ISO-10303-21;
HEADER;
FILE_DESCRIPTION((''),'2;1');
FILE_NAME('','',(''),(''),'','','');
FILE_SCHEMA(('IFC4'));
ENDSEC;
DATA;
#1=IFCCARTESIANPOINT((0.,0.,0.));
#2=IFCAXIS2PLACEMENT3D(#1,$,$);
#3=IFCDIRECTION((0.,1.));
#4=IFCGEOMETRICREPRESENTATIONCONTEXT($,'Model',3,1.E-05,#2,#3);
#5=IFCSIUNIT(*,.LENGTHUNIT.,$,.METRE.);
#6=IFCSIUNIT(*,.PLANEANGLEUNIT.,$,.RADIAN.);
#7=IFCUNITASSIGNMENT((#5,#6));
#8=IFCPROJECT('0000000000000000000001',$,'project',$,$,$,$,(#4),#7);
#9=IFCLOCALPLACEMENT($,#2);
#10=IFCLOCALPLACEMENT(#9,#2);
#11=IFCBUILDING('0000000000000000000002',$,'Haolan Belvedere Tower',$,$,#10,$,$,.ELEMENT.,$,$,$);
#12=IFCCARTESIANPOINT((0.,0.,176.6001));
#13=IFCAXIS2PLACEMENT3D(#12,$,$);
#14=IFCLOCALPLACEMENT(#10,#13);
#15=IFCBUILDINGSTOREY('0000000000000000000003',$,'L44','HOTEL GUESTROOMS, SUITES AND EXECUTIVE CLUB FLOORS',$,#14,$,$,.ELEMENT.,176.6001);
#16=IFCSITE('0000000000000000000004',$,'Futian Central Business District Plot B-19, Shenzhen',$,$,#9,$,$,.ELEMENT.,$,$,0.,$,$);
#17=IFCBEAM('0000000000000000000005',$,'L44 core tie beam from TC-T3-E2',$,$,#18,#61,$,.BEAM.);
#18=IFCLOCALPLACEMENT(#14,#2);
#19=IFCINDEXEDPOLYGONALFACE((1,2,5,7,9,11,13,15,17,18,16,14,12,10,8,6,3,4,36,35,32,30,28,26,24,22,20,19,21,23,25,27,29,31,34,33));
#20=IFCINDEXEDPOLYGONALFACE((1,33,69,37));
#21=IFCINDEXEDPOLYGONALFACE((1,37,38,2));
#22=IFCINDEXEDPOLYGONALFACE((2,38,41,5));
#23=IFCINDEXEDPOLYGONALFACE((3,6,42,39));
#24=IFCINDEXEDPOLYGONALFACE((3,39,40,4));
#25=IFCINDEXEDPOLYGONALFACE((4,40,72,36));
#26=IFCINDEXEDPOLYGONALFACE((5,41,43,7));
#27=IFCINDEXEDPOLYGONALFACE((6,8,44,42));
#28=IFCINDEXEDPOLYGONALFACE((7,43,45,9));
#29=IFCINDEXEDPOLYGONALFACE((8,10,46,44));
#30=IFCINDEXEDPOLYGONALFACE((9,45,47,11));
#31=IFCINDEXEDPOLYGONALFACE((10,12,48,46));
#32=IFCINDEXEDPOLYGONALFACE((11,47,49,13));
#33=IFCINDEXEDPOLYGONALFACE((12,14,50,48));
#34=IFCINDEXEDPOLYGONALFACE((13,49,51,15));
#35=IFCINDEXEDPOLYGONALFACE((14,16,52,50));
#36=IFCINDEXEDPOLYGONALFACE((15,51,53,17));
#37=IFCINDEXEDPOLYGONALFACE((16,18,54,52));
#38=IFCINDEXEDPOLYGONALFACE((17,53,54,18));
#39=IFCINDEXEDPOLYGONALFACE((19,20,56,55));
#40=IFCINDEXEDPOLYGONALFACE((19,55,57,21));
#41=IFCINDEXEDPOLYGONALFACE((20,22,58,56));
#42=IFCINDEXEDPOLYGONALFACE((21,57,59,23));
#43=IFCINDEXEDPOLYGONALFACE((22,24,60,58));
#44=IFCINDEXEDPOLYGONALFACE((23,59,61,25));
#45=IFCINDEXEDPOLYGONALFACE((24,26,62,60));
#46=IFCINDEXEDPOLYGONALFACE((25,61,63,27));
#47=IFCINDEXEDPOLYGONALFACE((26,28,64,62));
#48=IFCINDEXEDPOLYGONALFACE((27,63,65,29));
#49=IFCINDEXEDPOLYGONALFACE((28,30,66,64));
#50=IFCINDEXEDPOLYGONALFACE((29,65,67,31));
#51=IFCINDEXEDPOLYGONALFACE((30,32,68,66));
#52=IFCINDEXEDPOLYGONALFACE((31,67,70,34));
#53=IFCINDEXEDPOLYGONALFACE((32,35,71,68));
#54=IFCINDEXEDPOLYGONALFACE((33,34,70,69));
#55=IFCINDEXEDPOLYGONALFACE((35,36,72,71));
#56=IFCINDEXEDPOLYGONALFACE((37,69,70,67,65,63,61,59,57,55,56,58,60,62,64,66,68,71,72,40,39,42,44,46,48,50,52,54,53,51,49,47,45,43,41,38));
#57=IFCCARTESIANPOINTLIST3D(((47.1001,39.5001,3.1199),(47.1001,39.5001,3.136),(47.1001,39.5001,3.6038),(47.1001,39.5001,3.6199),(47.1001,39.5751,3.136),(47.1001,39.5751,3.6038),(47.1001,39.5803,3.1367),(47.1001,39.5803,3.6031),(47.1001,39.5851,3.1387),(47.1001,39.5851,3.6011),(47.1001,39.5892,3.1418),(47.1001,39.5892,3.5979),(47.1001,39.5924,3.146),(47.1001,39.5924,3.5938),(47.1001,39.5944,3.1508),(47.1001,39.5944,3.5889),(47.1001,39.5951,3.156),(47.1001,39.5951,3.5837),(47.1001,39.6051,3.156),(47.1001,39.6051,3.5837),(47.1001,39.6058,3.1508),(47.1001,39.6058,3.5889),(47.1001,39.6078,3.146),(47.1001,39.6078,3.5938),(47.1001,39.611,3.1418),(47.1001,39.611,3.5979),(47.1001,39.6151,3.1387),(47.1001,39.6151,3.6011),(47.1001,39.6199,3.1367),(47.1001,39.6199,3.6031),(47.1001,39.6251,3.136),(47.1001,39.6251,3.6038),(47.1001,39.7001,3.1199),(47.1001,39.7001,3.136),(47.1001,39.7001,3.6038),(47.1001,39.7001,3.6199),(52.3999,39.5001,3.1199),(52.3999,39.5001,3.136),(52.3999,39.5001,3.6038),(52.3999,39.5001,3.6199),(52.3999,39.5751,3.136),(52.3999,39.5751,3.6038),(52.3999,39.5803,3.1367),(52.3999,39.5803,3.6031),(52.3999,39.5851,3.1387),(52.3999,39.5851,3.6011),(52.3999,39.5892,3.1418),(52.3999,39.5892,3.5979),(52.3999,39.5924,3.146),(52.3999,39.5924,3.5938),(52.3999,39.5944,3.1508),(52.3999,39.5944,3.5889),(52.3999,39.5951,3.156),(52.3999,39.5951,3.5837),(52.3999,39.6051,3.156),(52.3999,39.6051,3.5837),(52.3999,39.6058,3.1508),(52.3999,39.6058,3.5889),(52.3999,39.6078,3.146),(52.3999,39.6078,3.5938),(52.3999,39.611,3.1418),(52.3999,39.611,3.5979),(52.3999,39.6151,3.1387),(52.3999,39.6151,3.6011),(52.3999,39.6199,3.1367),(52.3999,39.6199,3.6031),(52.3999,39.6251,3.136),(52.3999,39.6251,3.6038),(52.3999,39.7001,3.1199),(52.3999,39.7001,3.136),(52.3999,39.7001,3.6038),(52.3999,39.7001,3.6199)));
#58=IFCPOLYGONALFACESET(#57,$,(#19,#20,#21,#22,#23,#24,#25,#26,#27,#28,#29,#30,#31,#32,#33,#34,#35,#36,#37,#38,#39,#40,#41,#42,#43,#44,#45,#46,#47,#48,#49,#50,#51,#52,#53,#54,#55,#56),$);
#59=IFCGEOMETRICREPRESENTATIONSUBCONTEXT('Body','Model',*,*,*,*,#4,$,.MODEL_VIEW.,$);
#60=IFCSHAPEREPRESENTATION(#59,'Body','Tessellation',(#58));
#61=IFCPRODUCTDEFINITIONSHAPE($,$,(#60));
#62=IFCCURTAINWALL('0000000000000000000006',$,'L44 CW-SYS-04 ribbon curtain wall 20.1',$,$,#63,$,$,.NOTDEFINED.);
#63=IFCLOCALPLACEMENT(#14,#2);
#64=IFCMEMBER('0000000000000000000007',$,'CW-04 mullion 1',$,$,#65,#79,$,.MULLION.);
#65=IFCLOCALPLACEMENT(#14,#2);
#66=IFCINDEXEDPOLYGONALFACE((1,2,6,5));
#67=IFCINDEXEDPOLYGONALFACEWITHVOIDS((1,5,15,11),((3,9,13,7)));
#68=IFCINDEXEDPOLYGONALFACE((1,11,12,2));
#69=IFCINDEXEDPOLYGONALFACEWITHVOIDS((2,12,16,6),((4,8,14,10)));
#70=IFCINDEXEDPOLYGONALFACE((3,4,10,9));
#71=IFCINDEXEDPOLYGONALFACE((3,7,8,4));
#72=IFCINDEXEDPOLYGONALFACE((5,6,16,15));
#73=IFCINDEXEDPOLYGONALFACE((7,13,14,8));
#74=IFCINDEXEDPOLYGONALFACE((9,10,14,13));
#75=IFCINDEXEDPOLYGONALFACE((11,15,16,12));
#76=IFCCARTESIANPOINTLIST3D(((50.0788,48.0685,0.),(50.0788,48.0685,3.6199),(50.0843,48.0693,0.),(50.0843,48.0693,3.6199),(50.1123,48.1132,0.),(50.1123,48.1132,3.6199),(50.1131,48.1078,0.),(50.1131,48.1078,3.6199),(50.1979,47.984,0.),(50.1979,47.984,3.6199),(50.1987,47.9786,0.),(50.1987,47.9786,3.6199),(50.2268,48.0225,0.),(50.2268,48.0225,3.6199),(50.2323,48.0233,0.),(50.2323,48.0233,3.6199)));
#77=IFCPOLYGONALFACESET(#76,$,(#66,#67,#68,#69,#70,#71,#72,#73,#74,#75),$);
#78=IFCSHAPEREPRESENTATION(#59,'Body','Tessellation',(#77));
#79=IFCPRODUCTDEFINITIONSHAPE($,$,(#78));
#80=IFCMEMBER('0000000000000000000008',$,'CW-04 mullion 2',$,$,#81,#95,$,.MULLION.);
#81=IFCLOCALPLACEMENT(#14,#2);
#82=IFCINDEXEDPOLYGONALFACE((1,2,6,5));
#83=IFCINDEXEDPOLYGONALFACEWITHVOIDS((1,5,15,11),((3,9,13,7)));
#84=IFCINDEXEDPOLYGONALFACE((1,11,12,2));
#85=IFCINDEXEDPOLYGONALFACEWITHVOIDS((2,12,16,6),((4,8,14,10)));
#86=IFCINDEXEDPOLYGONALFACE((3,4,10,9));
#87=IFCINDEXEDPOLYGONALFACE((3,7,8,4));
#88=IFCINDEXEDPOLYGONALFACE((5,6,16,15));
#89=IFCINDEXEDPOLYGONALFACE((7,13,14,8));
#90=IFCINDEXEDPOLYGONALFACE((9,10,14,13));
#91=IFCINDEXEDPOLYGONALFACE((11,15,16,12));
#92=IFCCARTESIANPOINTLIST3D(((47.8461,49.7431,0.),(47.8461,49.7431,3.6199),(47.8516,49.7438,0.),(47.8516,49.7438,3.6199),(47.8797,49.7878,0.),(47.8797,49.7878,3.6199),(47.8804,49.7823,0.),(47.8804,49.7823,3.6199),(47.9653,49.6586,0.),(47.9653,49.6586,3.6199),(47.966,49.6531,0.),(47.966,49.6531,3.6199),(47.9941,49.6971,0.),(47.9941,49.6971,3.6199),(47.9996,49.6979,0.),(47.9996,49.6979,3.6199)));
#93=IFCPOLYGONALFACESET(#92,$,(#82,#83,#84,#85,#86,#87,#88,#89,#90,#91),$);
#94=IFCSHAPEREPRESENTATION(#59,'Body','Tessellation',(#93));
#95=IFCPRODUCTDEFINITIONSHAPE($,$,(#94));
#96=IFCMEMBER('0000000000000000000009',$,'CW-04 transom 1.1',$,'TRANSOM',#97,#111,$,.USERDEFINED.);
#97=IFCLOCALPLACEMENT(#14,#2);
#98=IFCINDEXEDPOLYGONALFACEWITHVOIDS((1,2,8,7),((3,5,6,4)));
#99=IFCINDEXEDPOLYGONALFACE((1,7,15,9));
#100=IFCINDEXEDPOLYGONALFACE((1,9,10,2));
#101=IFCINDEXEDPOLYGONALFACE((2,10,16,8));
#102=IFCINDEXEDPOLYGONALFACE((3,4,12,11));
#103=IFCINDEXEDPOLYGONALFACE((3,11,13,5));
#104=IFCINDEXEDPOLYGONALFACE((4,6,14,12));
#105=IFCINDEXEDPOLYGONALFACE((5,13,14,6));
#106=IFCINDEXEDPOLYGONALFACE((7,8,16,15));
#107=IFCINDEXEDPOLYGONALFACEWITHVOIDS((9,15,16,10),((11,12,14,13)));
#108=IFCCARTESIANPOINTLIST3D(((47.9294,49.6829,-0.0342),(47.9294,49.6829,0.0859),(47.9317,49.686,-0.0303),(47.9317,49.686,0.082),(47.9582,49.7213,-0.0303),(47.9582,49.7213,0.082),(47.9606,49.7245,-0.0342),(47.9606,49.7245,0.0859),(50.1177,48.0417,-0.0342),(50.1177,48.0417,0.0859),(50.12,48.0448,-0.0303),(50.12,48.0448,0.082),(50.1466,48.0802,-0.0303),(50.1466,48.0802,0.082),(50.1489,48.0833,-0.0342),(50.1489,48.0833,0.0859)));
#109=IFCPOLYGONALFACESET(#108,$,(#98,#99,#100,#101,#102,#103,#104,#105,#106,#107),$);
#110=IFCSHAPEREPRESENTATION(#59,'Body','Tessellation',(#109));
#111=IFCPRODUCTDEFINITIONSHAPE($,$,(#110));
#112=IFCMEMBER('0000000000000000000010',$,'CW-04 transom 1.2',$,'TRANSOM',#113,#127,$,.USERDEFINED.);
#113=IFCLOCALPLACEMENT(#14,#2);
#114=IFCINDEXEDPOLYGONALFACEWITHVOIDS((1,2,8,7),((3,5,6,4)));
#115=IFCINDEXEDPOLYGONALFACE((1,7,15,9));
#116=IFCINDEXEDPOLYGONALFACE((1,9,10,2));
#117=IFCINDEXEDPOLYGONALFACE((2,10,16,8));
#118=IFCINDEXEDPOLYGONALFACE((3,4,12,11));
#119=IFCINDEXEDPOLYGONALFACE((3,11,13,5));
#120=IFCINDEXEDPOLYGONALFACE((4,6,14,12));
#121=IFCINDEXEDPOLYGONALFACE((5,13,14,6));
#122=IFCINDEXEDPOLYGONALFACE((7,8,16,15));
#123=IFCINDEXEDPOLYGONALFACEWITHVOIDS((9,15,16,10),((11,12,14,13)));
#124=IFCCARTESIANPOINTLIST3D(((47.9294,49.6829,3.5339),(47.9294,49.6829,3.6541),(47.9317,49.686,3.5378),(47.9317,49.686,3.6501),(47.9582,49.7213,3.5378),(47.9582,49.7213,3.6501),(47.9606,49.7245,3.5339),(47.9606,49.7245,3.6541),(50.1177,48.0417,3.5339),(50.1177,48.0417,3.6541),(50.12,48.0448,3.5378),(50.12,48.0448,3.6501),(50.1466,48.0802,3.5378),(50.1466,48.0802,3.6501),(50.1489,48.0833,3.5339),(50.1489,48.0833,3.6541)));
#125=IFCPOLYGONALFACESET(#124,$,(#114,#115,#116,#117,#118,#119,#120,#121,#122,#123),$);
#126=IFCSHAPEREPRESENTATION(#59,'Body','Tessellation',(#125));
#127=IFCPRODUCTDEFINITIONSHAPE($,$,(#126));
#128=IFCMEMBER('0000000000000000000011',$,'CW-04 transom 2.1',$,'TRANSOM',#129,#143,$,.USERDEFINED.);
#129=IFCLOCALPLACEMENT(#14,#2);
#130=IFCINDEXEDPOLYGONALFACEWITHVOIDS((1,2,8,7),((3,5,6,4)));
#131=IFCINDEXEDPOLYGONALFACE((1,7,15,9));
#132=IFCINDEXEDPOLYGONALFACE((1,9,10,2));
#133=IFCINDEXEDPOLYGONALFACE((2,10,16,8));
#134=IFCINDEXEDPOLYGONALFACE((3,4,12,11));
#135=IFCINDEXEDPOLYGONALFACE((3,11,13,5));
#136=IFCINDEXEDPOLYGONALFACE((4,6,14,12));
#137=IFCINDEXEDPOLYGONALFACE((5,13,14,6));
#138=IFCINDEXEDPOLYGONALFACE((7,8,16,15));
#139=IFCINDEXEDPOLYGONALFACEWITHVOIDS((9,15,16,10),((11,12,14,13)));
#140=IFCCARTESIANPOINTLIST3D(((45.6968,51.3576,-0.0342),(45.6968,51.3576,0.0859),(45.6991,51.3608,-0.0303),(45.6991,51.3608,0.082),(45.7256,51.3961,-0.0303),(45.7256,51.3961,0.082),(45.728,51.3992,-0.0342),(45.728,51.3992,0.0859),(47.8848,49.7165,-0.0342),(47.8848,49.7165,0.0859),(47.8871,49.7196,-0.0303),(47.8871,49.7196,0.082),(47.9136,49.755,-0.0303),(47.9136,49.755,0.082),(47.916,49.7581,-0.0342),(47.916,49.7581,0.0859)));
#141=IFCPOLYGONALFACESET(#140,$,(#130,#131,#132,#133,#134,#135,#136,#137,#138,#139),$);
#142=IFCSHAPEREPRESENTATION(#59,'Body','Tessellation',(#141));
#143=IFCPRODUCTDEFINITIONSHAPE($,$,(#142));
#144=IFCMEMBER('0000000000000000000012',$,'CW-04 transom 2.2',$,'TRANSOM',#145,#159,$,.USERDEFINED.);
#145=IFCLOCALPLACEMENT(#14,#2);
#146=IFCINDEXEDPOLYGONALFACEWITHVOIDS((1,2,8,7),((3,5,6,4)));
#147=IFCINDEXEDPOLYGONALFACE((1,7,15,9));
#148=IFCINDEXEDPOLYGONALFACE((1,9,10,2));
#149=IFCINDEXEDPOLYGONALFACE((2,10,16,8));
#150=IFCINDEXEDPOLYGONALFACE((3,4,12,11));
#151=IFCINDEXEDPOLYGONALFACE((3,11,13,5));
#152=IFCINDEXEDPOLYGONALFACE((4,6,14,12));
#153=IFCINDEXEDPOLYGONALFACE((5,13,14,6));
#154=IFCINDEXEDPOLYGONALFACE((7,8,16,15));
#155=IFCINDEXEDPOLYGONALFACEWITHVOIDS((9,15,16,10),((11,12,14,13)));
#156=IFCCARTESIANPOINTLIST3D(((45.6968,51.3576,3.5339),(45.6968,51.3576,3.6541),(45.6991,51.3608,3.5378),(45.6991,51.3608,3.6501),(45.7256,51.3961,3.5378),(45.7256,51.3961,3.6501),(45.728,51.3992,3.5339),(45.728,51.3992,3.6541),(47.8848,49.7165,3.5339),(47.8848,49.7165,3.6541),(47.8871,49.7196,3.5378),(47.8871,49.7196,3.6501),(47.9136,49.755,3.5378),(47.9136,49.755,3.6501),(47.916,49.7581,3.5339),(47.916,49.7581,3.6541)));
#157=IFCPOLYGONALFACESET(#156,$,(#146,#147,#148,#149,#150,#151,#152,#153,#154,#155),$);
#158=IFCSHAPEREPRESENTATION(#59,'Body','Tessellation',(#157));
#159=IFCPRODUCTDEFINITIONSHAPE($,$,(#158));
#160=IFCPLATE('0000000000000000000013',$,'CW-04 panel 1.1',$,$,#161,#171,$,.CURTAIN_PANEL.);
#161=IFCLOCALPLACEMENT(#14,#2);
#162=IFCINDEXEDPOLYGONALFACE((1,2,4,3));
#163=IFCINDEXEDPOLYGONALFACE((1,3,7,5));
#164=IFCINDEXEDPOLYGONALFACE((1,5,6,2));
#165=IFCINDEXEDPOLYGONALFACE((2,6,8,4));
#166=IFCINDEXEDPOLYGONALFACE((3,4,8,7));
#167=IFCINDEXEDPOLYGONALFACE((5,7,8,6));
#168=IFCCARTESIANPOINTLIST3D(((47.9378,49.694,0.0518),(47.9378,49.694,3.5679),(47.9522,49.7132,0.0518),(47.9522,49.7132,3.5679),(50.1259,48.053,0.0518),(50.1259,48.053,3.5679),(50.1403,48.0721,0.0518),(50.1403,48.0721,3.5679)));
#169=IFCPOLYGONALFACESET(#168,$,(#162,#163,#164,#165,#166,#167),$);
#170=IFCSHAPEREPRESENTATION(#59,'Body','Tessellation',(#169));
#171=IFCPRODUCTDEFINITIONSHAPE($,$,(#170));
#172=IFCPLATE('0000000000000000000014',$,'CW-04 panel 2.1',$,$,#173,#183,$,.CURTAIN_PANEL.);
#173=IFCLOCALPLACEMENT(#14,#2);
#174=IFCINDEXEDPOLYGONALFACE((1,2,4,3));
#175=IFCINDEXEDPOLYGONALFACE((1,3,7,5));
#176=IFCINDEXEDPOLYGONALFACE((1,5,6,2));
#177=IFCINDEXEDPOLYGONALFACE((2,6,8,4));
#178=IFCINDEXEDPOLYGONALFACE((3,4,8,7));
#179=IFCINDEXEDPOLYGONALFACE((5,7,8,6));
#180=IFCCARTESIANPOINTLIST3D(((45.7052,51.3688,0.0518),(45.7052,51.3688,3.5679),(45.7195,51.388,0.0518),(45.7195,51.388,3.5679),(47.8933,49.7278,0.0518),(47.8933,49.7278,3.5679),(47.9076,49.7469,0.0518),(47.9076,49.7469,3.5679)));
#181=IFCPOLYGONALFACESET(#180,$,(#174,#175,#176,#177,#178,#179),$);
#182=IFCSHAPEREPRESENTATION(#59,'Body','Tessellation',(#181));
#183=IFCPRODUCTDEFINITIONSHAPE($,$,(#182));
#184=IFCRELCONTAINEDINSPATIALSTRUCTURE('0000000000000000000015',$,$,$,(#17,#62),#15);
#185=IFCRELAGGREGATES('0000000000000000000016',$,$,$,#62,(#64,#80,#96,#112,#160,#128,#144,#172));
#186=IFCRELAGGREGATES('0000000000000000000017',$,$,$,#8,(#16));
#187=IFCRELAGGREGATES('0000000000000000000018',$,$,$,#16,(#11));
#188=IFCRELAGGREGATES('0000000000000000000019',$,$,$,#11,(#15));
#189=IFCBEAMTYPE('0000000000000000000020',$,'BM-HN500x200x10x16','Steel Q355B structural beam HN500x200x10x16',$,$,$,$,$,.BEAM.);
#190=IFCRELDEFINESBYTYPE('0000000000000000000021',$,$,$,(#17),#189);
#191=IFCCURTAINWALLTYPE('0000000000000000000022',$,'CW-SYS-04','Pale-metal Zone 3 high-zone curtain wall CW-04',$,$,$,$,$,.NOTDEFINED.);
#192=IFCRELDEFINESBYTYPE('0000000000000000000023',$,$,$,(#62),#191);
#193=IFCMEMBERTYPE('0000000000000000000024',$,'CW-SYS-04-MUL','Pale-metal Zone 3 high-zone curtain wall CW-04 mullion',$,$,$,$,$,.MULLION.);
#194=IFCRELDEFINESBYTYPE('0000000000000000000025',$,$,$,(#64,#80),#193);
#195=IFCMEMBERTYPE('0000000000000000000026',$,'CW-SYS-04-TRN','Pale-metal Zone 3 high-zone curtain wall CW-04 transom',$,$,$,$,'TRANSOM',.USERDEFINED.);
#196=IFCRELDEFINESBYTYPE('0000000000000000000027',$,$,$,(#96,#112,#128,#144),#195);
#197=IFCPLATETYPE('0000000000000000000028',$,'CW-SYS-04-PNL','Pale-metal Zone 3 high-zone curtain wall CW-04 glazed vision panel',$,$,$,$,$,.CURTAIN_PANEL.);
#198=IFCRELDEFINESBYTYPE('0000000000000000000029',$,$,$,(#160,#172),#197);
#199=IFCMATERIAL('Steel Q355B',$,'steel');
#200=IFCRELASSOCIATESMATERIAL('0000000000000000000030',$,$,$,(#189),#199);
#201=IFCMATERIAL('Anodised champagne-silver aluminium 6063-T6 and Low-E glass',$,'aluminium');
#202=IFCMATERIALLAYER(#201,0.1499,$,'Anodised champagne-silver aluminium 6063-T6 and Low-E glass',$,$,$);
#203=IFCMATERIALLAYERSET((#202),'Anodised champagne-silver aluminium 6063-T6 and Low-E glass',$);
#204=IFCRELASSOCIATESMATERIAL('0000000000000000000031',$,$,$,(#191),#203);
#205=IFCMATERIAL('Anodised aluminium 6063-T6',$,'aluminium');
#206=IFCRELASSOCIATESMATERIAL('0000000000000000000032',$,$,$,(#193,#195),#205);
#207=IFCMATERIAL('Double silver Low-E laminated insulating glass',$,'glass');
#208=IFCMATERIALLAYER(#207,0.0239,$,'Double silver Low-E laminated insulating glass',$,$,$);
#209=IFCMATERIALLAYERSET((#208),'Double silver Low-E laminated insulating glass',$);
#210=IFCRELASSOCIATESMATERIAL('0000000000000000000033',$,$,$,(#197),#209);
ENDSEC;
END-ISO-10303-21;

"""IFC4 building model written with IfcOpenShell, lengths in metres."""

from ifc_helpers import new_model, si_unit, direction, frame, origin, origin_2d, place, context, subcontext, project, spatial, rectangle, hollow_rectangle, i_section, extrude, material, layer, layer_set, material_profile, profile_set, type_object, element, aggregate, save


model = new_model("IFC4")

# Units and contexts
model_context = context("Model", 3, precision=1e-05, world=origin(), true_north=direction((0.0, 1.0)))
body_context = subcontext(model_context, "Body", "Model", "MODEL_VIEW")
ifc_project = project(units=[si_unit("LENGTHUNIT", "METRE"), si_unit("PLANEANGLEUNIT", "RADIAN")], contexts=[model_context])

# Site, building, storey
site_placement = place(None, origin())
site = spatial("IfcSite", under=ifc_project, at=site_placement, Name="Futian Central Business District Plot B-19, Shenzhen", CompositionType="ELEMENT", RefElevation=0.0)
building_placement = place(site_placement, origin())
building = spatial("IfcBuilding", under=site, at=building_placement, Name="Haolan Belvedere Tower", CompositionType="ELEMENT")
storey_placement = place(building_placement, frame((0.0, 0.0, 176.6001)))
storey = spatial("IfcBuildingStorey", under=building, at=storey_placement, Name="L44", Description="HOTEL GUESTROOMS, SUITES AND EXECUTIVE CLUB FLOORS", CompositionType="ELEMENT", Elevation=176.6001)

# Beam
ifc_material_1 = material(Name="Steel Q355B", Category="steel")
ifc_material_profile_1 = material_profile(ifc_material_1, i_section(OverallWidth=0.2, OverallDepth=0.5, WebThickness=0.01, FlangeThickness=0.0161, FilletRadius=0.02, at=origin_2d()), Name="Steel Q355B")
ifc_profile_set_1 = profile_set([ifc_material_profile_1], Name="Steel Q355B")
beam_type = type_object("IfcBeamType", Name="BM-HN500x200x10x16", Description="Steel Q355B structural beam HN500x200x10x16", PredefinedType="BEAM", material=ifc_profile_set_1)
beam_placement = place(storey_placement, frame((52.3999, 39.6001, 3.3699), z_axis=(-1.0, 0.0, 0.0), x_axis=(0.0, -1.0, 0.0)))
element("IfcBeam", 1, at=beam_placement, inside=storey, type_object=beam_type, Name="L44 core tie beam from TC-T3-E2", PredefinedType="BEAM", context=body_context, shape_type="SweptSolid", body=[
    extrude(i_section(OverallWidth=0.2, OverallDepth=0.5, WebThickness=0.01, FlangeThickness=0.0161, FilletRadius=0.02, at=origin_2d()), origin(), (0.0, 0.0, 1.0), 5.2998),
])

# Curtain wall, members, plates
ifc_material_2 = material(Name="Anodised champagne-silver aluminium 6063-T6 and Low-E glass", Category="aluminium")
ifc_layer_1 = layer(ifc_material_2, 0.1499, Name="Anodised champagne-silver aluminium 6063-T6 and Low-E glass")
ifc_layer_set_1 = layer_set([ifc_layer_1], Name="Anodised champagne-silver aluminium 6063-T6 and Low-E glass")
curtain_wall_type = type_object("IfcCurtainWallType", Name="CW-SYS-04", Description="Pale-metal Zone 3 high-zone curtain wall CW-04", PredefinedType="NOTDEFINED", material=ifc_layer_set_1)
curtain_wall_placement = place(storey_placement, origin())
curtain_wall = element("IfcCurtainWall", 2, at=curtain_wall_placement, inside=storey, type_object=curtain_wall_type, Name="L44 CW-SYS-04 ribbon curtain wall 20.1", PredefinedType="NOTDEFINED")
ifc_material_3 = material(Name="Anodised aluminium 6063-T6", Category="aluminium")
ifc_material_profile_2 = material_profile(ifc_material_3, hollow_rectangle(XDim=0.0559, YDim=0.1499, WallThickness=0.0039, at=origin_2d()), Name="Anodised aluminium 6063-T6")
ifc_profile_set_2 = profile_set([ifc_material_profile_2], Name="Anodised aluminium 6063-T6")
member_type_1 = type_object("IfcMemberType", Name="CW-SYS-04-MUL", Description="Pale-metal Zone 3 high-zone curtain wall CW-04 mullion", PredefinedType="MULLION", material=ifc_profile_set_2)
member_1_placement = place(storey_placement, frame((50.1555, 48.0459, 0.0), z_axis=(0.0, 0.0, 1.0), x_axis=(-0.600003, -0.799998, 0.0)))
member_1 = element("IfcMember", 3, at=member_1_placement, type_object=member_type_1, Name="CW-04 mullion 1", PredefinedType="MULLION", context=body_context, shape_type="SweptSolid", body=[
    extrude(hollow_rectangle(XDim=0.0559, YDim=0.1499, WallThickness=0.0039, at=origin_2d()), origin(), (0.0, 0.0, 1.0), 3.6199),
])
member_2_placement = place(storey_placement, frame((47.9229, 49.7205, 0.0), z_axis=(0.0, 0.0, 1.0), x_axis=(-0.600003, -0.799998, 0.0)))
member_2 = element("IfcMember", 4, at=member_2_placement, type_object=member_type_1, Name="CW-04 mullion 2", PredefinedType="MULLION", context=body_context, shape_type="SweptSolid", body=[
    extrude(hollow_rectangle(XDim=0.0559, YDim=0.1499, WallThickness=0.0039, at=origin_2d()), origin(), (0.0, 0.0, 1.0), 3.6199),
])
ifc_material_profile_3 = material_profile(ifc_material_3, hollow_rectangle(XDim=0.052, YDim=0.1201, WallThickness=0.0039, at=origin_2d()), Name="Anodised aluminium 6063-T6")
ifc_profile_set_3 = profile_set([ifc_material_profile_3], Name="Anodised aluminium 6063-T6")
member_type_2 = type_object("IfcMemberType", Name="CW-SYS-04-TRN", Description="Pale-metal Zone 3 high-zone curtain wall CW-04 transom", ElementType="TRANSOM", PredefinedType="USERDEFINED", material=ifc_profile_set_3)
member_3_placement = place(storey_placement, frame((50.1333, 48.0625, 0.0259), z_axis=(-0.800011, 0.599986, 0.0), x_axis=(-0.599986, -0.800011, 0.0)))
member_3 = element("IfcMember", 5, at=member_3_placement, type_object=member_type_2, Name="CW-04 transom 1.1", ObjectType="TRANSOM", PredefinedType="USERDEFINED", context=body_context, shape_type="SweptSolid", body=[
    extrude(hollow_rectangle(XDim=0.052, YDim=0.1201, WallThickness=0.0039, at=origin_2d()), origin(), (0.0, 0.0, 1.0), 2.7354),
])
member_4_placement = place(storey_placement, frame((50.1333, 48.0625, 3.594), z_axis=(-0.800011, 0.599986, 0.0), x_axis=(-0.599986, -0.800011, 0.0)))
member_4 = element("IfcMember", 6, at=member_4_placement, type_object=member_type_2, Name="CW-04 transom 1.2", ObjectType="TRANSOM", PredefinedType="USERDEFINED", context=body_context, shape_type="SweptSolid", body=[
    extrude(hollow_rectangle(XDim=0.052, YDim=0.1201, WallThickness=0.0039, at=origin_2d()), origin(), (0.0, 0.0, 1.0), 2.7354),
])
member_5_placement = place(storey_placement, frame((47.9004, 49.7373, 0.0259), z_axis=(-0.799979, 0.600029, 0.0), x_axis=(-0.600029, -0.799979, 0.0)))
member_5 = element("IfcMember", 7, at=member_5_placement, type_object=member_type_2, Name="CW-04 transom 2.1", ObjectType="TRANSOM", PredefinedType="USERDEFINED", context=body_context, shape_type="SweptSolid", body=[
    extrude(hollow_rectangle(XDim=0.052, YDim=0.1201, WallThickness=0.0039, at=origin_2d()), origin(), (0.0, 0.0, 1.0), 2.7351),
])
member_6_placement = place(storey_placement, frame((47.9004, 49.7373, 3.594), z_axis=(-0.799979, 0.600029, 0.0), x_axis=(-0.600029, -0.799979, 0.0)))
member_6 = element("IfcMember", 8, at=member_6_placement, type_object=member_type_2, Name="CW-04 transom 2.2", ObjectType="TRANSOM", PredefinedType="USERDEFINED", context=body_context, shape_type="SweptSolid", body=[
    extrude(hollow_rectangle(XDim=0.052, YDim=0.1201, WallThickness=0.0039, at=origin_2d()), origin(), (0.0, 0.0, 1.0), 2.7351),
])
ifc_material_4 = material(Name="Double silver Low-E laminated insulating glass", Category="glass")
ifc_layer_2 = layer(ifc_material_4, 0.0239, Name="Double silver Low-E laminated insulating glass")
ifc_layer_set_2 = layer_set([ifc_layer_2], Name="Double silver Low-E laminated insulating glass")
plate_type = type_object("IfcPlateType", Name="CW-SYS-04-PNL", Description="Pale-metal Zone 3 high-zone curtain wall CW-04 glazed vision panel", PredefinedType="CURTAIN_PANEL", material=ifc_layer_set_2)
plate_1_placement = place(storey_placement, frame((49.0391, 48.8831, 0.0518), z_axis=(0.0, 0.0, 1.0), x_axis=(-0.799998, 0.600003, 0.0)))
plate_1 = element("IfcPlate", 9, at=plate_1_placement, type_object=plate_type, Name="CW-04 panel 1.1", PredefinedType="CURTAIN_PANEL", context=body_context, shape_type="SweptSolid", body=[
    extrude(rectangle(XDim=2.7351, YDim=0.0239, at=origin_2d()), origin(), (0.0, 0.0, 1.0), 3.5161),
])
plate_2_placement = place(storey_placement, frame((46.8064, 50.5579, 0.0518), z_axis=(0.0, 0.0, 1.0), x_axis=(-0.799998, 0.600003, 0.0)))
plate_2 = element("IfcPlate", 10, at=plate_2_placement, type_object=plate_type, Name="CW-04 panel 2.1", PredefinedType="CURTAIN_PANEL", context=body_context, shape_type="SweptSolid", body=[
    extrude(rectangle(XDim=2.7351, YDim=0.0239, at=origin_2d()), origin(), (0.0, 0.0, 1.0), 3.5161),
])
aggregate(curtain_wall, [member_1, member_2, member_3, member_4, plate_1, member_5, member_6, plate_2])

save(model, "model.ifc")
